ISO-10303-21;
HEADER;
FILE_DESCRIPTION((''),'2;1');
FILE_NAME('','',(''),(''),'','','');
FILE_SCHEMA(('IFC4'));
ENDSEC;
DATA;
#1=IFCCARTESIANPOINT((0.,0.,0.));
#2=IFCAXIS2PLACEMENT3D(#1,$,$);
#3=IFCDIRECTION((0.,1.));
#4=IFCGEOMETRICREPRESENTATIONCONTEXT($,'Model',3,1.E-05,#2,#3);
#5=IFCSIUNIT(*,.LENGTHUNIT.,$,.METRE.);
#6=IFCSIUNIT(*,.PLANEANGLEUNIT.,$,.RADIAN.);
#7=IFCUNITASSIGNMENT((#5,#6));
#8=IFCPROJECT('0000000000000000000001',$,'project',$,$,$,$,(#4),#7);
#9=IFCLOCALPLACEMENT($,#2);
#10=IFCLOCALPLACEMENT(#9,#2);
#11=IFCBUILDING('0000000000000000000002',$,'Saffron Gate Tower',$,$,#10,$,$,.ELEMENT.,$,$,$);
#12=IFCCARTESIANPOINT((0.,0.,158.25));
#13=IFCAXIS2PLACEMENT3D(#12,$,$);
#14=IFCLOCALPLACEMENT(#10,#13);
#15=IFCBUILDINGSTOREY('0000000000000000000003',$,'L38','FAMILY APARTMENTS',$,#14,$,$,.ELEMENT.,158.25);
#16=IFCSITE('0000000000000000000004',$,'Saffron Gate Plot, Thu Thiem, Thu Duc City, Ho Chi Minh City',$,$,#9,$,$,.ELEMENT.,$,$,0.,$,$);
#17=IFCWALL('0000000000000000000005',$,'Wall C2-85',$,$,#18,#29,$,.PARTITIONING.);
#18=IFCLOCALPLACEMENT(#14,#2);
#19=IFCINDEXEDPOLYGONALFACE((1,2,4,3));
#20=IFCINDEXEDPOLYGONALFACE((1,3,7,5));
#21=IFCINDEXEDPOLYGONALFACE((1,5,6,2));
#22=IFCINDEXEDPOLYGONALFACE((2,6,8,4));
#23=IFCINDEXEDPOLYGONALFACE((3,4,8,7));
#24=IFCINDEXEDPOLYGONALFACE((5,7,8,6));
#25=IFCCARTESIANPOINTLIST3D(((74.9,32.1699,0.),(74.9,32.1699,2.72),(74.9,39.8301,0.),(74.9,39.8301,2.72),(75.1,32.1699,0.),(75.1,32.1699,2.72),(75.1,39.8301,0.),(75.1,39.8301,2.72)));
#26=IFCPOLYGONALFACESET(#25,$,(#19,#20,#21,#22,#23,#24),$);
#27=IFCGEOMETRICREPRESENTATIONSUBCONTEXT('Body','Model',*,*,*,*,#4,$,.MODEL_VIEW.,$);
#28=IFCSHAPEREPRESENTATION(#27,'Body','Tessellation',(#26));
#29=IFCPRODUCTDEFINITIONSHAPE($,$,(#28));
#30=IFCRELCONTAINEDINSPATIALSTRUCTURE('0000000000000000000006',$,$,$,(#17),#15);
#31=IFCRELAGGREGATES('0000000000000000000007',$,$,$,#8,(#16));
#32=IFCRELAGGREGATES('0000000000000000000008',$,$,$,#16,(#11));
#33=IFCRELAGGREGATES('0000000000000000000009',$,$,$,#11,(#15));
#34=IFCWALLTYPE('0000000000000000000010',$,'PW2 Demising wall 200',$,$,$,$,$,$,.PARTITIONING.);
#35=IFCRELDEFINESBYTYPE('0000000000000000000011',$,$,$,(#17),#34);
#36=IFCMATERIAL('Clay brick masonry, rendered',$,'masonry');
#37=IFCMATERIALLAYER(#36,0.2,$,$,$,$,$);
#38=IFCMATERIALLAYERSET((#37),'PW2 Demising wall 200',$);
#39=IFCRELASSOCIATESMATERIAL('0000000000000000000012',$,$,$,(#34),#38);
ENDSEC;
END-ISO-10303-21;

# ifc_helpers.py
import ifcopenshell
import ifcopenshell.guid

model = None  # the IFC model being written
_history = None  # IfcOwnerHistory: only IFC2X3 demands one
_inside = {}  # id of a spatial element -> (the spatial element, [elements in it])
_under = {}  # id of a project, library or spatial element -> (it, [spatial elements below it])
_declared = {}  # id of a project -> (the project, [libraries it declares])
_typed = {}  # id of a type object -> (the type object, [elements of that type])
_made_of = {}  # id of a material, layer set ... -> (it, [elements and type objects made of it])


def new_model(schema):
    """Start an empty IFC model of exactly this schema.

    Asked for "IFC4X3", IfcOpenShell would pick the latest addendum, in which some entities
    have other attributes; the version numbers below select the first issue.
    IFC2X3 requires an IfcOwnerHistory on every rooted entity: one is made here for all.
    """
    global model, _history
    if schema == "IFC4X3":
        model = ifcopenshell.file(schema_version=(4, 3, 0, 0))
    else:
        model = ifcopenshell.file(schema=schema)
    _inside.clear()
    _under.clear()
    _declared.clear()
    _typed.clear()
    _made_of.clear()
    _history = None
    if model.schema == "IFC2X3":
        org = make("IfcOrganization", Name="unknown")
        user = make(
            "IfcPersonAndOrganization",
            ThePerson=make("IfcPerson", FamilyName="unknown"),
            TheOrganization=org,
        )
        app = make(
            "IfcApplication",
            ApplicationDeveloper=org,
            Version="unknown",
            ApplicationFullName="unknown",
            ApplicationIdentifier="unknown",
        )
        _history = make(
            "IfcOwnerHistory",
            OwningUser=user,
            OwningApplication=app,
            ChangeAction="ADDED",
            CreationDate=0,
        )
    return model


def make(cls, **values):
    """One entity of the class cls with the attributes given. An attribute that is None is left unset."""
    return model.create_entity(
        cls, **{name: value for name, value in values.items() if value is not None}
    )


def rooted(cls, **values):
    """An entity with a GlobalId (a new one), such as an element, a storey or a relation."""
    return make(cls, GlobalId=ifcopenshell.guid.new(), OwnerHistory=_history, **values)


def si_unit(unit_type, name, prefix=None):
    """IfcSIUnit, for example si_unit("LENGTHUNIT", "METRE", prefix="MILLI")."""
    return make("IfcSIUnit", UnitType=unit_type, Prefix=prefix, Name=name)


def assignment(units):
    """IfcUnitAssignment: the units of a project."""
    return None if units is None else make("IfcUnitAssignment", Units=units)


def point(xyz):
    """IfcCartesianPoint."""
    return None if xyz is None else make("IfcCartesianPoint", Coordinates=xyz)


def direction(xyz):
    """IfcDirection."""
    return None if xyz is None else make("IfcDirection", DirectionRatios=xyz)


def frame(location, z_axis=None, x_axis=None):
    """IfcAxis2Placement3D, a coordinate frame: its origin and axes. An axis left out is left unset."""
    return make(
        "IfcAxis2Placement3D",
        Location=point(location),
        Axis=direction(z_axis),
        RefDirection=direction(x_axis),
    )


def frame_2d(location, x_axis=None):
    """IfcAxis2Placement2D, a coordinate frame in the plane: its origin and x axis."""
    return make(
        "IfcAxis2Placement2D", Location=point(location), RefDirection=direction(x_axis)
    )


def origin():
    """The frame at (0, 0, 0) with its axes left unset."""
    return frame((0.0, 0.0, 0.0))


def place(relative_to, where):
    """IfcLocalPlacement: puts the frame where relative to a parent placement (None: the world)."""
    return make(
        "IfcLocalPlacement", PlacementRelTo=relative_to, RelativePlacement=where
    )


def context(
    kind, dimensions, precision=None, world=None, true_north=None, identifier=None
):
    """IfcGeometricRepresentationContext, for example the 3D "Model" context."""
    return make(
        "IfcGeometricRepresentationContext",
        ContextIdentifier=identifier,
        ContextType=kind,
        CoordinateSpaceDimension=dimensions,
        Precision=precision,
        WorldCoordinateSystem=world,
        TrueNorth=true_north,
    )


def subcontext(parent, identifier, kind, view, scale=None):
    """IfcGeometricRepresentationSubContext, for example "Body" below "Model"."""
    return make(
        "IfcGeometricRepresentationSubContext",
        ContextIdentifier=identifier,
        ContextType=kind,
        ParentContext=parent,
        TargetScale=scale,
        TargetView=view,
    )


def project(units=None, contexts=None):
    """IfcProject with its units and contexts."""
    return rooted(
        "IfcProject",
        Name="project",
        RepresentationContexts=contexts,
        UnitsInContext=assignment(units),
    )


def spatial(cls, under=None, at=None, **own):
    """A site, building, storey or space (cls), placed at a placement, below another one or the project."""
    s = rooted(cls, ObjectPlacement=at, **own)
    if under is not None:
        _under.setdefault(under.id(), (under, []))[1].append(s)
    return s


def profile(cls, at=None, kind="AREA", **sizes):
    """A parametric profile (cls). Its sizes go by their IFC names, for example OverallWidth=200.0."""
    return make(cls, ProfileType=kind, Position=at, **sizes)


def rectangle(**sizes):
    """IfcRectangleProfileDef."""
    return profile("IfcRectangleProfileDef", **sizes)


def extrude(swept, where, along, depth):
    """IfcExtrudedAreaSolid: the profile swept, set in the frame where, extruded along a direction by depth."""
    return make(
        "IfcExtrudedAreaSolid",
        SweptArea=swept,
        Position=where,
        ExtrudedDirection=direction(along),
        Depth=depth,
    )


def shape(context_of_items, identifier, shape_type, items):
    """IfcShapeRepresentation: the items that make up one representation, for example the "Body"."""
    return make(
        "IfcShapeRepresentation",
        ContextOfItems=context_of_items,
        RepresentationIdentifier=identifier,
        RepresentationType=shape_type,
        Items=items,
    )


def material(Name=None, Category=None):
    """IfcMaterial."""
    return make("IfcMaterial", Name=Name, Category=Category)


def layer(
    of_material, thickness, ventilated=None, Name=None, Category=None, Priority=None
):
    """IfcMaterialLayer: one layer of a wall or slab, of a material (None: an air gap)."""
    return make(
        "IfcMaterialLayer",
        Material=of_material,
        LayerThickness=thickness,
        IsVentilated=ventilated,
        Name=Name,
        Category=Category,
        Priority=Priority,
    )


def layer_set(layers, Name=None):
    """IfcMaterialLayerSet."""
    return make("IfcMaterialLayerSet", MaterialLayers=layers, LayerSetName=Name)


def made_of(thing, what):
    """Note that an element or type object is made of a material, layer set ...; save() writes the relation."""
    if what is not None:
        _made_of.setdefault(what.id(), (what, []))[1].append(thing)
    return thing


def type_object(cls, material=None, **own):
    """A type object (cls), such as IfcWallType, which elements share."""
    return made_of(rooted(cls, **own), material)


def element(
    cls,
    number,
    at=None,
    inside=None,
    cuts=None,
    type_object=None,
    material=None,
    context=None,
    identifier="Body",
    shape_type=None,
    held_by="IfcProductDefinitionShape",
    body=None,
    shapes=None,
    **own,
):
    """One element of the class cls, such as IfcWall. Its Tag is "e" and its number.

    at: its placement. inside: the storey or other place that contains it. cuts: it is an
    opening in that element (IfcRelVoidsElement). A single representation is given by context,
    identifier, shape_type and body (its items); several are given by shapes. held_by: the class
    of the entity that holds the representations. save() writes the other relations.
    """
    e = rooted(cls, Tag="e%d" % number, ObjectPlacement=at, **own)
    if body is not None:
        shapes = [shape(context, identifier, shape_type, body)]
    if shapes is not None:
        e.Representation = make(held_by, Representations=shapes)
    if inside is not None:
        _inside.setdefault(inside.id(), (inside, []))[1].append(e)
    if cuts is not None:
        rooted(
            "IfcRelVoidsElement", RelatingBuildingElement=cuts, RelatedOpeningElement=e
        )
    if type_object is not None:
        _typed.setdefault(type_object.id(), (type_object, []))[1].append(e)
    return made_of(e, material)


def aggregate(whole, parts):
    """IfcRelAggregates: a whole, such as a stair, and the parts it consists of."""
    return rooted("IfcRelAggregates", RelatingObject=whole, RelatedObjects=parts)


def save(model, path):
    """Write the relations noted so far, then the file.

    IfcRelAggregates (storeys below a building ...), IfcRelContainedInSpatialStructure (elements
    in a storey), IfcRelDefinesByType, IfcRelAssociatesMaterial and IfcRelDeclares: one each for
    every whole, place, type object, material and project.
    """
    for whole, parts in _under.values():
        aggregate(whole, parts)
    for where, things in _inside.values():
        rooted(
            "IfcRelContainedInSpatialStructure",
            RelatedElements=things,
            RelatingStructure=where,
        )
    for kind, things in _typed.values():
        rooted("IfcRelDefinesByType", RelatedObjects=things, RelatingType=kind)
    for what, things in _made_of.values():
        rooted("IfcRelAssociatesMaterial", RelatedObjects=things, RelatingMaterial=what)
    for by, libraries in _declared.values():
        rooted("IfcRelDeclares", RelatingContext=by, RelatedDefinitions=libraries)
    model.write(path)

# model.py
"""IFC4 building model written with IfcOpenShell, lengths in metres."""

from ifc_helpers import new_model, si_unit, direction, frame, frame_2d, origin, place, context, subcontext, project, spatial, rectangle, extrude, material, layer, layer_set, type_object, element, save


model = new_model("IFC4")

# Units and contexts
model_context = context("Model", 3, precision=1e-05, world=origin(), true_north=direction((0.0, 1.0)))
body_context = subcontext(model_context, "Body", "Model", "MODEL_VIEW")
ifc_project = project(units=[si_unit("LENGTHUNIT", "METRE"), si_unit("PLANEANGLEUNIT", "RADIAN")], contexts=[model_context])

# Site, building, storey
site_placement = place(None, origin())
site = spatial("IfcSite", under=ifc_project, at=site_placement, Name="Saffron Gate Plot, Thu Thiem, Thu Duc City, Ho Chi Minh City", CompositionType="ELEMENT", RefElevation=0.0)
building_placement = place(site_placement, origin())
building = spatial("IfcBuilding", under=site, at=building_placement, Name="Saffron Gate Tower", CompositionType="ELEMENT")
storey_placement = place(building_placement, frame((0.0, 0.0, 158.25)))
storey = spatial("IfcBuildingStorey", under=building, at=storey_placement, Name="L38", Description="FAMILY APARTMENTS", CompositionType="ELEMENT", Elevation=158.25)

# Wall
ifc_material_1 = material(Name="Clay brick masonry, rendered", Category="masonry")
ifc_layer_1 = layer(ifc_material_1, 0.2)
ifc_layer_set_1 = layer_set([ifc_layer_1], Name="PW2 Demising wall 200")
wall_type_1 = type_object("IfcWallType", Name="PW2 Demising wall 200", PredefinedType="PARTITIONING", material=ifc_layer_set_1)
wall_1_placement = place(storey_placement, frame((75.0, 39.8301, 0.0), z_axis=(0.0, 0.0, 1.0), x_axis=(0.0, -1.0, 0.0)))
element("IfcWall", 1, at=wall_1_placement, inside=storey, type_object=wall_type_1, Name="Wall C2-85", PredefinedType="PARTITIONING", context=body_context, shape_type="SweptSolid", body=[
    extrude(rectangle(XDim=7.6602, YDim=0.2, at=frame_2d((3.8301, 0.0))), origin(), (0.0, 0.0, 1.0), 2.72),
])

save(model, "model.ifc")
